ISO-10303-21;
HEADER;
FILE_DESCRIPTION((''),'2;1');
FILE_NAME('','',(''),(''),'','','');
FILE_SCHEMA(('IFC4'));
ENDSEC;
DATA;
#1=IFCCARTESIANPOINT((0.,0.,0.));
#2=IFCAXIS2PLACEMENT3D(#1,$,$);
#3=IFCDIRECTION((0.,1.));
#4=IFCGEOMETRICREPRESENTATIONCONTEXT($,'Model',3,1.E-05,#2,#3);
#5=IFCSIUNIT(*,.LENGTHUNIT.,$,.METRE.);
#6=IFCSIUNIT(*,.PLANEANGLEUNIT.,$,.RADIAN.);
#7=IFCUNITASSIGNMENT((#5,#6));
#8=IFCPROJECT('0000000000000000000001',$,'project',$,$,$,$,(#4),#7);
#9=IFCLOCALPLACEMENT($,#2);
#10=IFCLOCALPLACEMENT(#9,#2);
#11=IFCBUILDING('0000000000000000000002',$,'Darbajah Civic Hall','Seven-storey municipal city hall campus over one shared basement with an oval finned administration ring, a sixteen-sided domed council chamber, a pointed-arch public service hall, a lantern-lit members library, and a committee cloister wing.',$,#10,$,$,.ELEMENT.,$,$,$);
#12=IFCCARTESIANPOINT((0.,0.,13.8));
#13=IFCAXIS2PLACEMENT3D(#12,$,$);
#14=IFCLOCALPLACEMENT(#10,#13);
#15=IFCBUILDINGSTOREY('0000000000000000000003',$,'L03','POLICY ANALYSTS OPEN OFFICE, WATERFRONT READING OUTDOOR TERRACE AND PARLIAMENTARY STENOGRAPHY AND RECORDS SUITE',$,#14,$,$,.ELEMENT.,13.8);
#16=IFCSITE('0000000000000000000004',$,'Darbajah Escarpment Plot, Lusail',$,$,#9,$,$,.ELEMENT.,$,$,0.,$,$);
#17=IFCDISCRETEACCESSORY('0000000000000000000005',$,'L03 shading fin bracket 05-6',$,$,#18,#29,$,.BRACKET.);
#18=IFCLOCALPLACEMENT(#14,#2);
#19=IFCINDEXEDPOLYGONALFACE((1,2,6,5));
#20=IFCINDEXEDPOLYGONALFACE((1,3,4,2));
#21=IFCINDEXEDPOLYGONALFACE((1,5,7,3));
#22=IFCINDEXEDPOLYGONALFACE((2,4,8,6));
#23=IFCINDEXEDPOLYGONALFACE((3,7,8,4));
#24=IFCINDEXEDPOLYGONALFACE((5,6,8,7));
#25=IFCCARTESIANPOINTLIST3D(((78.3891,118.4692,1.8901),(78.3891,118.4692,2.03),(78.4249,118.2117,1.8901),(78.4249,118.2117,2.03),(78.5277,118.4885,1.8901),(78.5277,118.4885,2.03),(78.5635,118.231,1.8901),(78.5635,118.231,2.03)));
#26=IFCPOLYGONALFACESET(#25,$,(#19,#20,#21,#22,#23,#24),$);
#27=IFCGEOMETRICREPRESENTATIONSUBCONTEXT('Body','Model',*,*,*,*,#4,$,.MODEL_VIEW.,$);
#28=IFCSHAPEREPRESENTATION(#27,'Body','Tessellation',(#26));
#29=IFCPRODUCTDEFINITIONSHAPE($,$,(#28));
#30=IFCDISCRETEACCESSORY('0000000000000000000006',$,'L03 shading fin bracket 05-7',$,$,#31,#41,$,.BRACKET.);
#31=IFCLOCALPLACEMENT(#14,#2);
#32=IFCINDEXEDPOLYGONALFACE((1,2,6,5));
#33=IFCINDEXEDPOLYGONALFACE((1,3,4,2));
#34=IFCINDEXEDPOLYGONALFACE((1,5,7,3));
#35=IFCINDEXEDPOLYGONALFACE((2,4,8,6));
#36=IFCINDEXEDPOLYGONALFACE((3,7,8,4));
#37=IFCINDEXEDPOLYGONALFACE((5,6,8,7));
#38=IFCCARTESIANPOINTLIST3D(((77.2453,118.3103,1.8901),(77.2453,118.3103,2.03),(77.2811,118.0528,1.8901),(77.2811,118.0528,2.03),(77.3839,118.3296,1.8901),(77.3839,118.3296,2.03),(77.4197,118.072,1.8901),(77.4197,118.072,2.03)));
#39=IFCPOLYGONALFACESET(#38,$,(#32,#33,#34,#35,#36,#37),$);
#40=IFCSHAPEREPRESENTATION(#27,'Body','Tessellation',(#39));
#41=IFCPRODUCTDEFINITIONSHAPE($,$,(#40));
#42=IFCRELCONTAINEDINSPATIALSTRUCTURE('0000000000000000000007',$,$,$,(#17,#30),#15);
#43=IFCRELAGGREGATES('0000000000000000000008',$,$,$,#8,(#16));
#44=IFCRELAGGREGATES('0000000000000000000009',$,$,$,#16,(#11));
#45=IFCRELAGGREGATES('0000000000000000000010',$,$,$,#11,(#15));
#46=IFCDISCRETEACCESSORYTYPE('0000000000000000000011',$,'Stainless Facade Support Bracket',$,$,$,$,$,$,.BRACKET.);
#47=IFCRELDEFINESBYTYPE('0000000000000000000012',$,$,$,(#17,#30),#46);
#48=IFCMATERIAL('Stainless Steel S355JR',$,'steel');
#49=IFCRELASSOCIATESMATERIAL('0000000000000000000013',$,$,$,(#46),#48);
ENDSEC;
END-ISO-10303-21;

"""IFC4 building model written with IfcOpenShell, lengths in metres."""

from ifc_helpers import new_model, si_unit, direction, frame, origin, origin_2d, place, context, subcontext, project, spatial, rectangle, extrude, material, type_object, element, save


model = new_model("IFC4")

# Units and contexts
model_context = context("Model", 3, precision=1e-05, world=origin(), true_north=direction((0.0, 1.0)))
body_context = subcontext(model_context, "Body", "Model", "MODEL_VIEW")
ifc_project = project(units=[si_unit("LENGTHUNIT", "METRE"), si_unit("PLANEANGLEUNIT", "RADIAN")], contexts=[model_context])

# Site, building, storey
site_placement = place(None, origin())
site = spatial("IfcSite", under=ifc_project, at=site_placement, Name="Darbajah Escarpment Plot, Lusail", CompositionType="ELEMENT", RefElevation=0.0)
building_placement = place(site_placement, origin())
building = spatial("IfcBuilding", under=site, at=building_placement, Name="Darbajah Civic Hall", Description="Seven-storey municipal city hall campus over one shared basement with an oval finned administration ring, a sixteen-sided domed council chamber, a pointed-arch public service hall, a lantern-lit members library, and a committee cloister wing.", CompositionType="ELEMENT")
storey_placement = place(building_placement, frame((0.0, 0.0, 13.8)))
storey = spatial("IfcBuildingStorey", under=building, at=storey_placement, Name="L03", Description="POLICY ANALYSTS OPEN OFFICE, WATERFRONT READING OUTDOOR TERRACE AND PARLIAMENTARY STENOGRAPHY AND RECORDS SUITE", CompositionType="ELEMENT", Elevation=13.8)

# Discrete accessories
ifc_material_1 = material(Name="Stainless Steel S355JR", Category="steel")
discrete_accessory_type = type_object("IfcDiscreteAccessoryType", Name="Stainless Facade Support Bracket", PredefinedType="BRACKET", material=ifc_material_1)
for number, where, z_axis, x_axis, name in (
    (1, (78.4763, 118.3501, 1.8901), (0.0, 0.0, 1.0), (-0.137617, 0.990485, 0.0), "L03 shading fin bracket 05-6"),
    (2, (77.3325, 118.1912, 1.8901), (0.0, 0.0, 1.0), (-0.137617, 0.990485, 0.0), "L03 shading fin bracket 05-7"),
):
    element("IfcDiscreteAccessory", number, at=place(storey_placement, frame(where, z_axis=z_axis, x_axis=x_axis)), inside=storey, type_object=discrete_accessory_type, Name=name, PredefinedType="BRACKET", context=body_context, shape_type="SweptSolid", body=[
        extrude(rectangle(XDim=0.26, YDim=0.1399, at=origin_2d()), origin(), (0.0, 0.0, 1.0), 0.1399),
    ])

save(model, "model.ifc")
